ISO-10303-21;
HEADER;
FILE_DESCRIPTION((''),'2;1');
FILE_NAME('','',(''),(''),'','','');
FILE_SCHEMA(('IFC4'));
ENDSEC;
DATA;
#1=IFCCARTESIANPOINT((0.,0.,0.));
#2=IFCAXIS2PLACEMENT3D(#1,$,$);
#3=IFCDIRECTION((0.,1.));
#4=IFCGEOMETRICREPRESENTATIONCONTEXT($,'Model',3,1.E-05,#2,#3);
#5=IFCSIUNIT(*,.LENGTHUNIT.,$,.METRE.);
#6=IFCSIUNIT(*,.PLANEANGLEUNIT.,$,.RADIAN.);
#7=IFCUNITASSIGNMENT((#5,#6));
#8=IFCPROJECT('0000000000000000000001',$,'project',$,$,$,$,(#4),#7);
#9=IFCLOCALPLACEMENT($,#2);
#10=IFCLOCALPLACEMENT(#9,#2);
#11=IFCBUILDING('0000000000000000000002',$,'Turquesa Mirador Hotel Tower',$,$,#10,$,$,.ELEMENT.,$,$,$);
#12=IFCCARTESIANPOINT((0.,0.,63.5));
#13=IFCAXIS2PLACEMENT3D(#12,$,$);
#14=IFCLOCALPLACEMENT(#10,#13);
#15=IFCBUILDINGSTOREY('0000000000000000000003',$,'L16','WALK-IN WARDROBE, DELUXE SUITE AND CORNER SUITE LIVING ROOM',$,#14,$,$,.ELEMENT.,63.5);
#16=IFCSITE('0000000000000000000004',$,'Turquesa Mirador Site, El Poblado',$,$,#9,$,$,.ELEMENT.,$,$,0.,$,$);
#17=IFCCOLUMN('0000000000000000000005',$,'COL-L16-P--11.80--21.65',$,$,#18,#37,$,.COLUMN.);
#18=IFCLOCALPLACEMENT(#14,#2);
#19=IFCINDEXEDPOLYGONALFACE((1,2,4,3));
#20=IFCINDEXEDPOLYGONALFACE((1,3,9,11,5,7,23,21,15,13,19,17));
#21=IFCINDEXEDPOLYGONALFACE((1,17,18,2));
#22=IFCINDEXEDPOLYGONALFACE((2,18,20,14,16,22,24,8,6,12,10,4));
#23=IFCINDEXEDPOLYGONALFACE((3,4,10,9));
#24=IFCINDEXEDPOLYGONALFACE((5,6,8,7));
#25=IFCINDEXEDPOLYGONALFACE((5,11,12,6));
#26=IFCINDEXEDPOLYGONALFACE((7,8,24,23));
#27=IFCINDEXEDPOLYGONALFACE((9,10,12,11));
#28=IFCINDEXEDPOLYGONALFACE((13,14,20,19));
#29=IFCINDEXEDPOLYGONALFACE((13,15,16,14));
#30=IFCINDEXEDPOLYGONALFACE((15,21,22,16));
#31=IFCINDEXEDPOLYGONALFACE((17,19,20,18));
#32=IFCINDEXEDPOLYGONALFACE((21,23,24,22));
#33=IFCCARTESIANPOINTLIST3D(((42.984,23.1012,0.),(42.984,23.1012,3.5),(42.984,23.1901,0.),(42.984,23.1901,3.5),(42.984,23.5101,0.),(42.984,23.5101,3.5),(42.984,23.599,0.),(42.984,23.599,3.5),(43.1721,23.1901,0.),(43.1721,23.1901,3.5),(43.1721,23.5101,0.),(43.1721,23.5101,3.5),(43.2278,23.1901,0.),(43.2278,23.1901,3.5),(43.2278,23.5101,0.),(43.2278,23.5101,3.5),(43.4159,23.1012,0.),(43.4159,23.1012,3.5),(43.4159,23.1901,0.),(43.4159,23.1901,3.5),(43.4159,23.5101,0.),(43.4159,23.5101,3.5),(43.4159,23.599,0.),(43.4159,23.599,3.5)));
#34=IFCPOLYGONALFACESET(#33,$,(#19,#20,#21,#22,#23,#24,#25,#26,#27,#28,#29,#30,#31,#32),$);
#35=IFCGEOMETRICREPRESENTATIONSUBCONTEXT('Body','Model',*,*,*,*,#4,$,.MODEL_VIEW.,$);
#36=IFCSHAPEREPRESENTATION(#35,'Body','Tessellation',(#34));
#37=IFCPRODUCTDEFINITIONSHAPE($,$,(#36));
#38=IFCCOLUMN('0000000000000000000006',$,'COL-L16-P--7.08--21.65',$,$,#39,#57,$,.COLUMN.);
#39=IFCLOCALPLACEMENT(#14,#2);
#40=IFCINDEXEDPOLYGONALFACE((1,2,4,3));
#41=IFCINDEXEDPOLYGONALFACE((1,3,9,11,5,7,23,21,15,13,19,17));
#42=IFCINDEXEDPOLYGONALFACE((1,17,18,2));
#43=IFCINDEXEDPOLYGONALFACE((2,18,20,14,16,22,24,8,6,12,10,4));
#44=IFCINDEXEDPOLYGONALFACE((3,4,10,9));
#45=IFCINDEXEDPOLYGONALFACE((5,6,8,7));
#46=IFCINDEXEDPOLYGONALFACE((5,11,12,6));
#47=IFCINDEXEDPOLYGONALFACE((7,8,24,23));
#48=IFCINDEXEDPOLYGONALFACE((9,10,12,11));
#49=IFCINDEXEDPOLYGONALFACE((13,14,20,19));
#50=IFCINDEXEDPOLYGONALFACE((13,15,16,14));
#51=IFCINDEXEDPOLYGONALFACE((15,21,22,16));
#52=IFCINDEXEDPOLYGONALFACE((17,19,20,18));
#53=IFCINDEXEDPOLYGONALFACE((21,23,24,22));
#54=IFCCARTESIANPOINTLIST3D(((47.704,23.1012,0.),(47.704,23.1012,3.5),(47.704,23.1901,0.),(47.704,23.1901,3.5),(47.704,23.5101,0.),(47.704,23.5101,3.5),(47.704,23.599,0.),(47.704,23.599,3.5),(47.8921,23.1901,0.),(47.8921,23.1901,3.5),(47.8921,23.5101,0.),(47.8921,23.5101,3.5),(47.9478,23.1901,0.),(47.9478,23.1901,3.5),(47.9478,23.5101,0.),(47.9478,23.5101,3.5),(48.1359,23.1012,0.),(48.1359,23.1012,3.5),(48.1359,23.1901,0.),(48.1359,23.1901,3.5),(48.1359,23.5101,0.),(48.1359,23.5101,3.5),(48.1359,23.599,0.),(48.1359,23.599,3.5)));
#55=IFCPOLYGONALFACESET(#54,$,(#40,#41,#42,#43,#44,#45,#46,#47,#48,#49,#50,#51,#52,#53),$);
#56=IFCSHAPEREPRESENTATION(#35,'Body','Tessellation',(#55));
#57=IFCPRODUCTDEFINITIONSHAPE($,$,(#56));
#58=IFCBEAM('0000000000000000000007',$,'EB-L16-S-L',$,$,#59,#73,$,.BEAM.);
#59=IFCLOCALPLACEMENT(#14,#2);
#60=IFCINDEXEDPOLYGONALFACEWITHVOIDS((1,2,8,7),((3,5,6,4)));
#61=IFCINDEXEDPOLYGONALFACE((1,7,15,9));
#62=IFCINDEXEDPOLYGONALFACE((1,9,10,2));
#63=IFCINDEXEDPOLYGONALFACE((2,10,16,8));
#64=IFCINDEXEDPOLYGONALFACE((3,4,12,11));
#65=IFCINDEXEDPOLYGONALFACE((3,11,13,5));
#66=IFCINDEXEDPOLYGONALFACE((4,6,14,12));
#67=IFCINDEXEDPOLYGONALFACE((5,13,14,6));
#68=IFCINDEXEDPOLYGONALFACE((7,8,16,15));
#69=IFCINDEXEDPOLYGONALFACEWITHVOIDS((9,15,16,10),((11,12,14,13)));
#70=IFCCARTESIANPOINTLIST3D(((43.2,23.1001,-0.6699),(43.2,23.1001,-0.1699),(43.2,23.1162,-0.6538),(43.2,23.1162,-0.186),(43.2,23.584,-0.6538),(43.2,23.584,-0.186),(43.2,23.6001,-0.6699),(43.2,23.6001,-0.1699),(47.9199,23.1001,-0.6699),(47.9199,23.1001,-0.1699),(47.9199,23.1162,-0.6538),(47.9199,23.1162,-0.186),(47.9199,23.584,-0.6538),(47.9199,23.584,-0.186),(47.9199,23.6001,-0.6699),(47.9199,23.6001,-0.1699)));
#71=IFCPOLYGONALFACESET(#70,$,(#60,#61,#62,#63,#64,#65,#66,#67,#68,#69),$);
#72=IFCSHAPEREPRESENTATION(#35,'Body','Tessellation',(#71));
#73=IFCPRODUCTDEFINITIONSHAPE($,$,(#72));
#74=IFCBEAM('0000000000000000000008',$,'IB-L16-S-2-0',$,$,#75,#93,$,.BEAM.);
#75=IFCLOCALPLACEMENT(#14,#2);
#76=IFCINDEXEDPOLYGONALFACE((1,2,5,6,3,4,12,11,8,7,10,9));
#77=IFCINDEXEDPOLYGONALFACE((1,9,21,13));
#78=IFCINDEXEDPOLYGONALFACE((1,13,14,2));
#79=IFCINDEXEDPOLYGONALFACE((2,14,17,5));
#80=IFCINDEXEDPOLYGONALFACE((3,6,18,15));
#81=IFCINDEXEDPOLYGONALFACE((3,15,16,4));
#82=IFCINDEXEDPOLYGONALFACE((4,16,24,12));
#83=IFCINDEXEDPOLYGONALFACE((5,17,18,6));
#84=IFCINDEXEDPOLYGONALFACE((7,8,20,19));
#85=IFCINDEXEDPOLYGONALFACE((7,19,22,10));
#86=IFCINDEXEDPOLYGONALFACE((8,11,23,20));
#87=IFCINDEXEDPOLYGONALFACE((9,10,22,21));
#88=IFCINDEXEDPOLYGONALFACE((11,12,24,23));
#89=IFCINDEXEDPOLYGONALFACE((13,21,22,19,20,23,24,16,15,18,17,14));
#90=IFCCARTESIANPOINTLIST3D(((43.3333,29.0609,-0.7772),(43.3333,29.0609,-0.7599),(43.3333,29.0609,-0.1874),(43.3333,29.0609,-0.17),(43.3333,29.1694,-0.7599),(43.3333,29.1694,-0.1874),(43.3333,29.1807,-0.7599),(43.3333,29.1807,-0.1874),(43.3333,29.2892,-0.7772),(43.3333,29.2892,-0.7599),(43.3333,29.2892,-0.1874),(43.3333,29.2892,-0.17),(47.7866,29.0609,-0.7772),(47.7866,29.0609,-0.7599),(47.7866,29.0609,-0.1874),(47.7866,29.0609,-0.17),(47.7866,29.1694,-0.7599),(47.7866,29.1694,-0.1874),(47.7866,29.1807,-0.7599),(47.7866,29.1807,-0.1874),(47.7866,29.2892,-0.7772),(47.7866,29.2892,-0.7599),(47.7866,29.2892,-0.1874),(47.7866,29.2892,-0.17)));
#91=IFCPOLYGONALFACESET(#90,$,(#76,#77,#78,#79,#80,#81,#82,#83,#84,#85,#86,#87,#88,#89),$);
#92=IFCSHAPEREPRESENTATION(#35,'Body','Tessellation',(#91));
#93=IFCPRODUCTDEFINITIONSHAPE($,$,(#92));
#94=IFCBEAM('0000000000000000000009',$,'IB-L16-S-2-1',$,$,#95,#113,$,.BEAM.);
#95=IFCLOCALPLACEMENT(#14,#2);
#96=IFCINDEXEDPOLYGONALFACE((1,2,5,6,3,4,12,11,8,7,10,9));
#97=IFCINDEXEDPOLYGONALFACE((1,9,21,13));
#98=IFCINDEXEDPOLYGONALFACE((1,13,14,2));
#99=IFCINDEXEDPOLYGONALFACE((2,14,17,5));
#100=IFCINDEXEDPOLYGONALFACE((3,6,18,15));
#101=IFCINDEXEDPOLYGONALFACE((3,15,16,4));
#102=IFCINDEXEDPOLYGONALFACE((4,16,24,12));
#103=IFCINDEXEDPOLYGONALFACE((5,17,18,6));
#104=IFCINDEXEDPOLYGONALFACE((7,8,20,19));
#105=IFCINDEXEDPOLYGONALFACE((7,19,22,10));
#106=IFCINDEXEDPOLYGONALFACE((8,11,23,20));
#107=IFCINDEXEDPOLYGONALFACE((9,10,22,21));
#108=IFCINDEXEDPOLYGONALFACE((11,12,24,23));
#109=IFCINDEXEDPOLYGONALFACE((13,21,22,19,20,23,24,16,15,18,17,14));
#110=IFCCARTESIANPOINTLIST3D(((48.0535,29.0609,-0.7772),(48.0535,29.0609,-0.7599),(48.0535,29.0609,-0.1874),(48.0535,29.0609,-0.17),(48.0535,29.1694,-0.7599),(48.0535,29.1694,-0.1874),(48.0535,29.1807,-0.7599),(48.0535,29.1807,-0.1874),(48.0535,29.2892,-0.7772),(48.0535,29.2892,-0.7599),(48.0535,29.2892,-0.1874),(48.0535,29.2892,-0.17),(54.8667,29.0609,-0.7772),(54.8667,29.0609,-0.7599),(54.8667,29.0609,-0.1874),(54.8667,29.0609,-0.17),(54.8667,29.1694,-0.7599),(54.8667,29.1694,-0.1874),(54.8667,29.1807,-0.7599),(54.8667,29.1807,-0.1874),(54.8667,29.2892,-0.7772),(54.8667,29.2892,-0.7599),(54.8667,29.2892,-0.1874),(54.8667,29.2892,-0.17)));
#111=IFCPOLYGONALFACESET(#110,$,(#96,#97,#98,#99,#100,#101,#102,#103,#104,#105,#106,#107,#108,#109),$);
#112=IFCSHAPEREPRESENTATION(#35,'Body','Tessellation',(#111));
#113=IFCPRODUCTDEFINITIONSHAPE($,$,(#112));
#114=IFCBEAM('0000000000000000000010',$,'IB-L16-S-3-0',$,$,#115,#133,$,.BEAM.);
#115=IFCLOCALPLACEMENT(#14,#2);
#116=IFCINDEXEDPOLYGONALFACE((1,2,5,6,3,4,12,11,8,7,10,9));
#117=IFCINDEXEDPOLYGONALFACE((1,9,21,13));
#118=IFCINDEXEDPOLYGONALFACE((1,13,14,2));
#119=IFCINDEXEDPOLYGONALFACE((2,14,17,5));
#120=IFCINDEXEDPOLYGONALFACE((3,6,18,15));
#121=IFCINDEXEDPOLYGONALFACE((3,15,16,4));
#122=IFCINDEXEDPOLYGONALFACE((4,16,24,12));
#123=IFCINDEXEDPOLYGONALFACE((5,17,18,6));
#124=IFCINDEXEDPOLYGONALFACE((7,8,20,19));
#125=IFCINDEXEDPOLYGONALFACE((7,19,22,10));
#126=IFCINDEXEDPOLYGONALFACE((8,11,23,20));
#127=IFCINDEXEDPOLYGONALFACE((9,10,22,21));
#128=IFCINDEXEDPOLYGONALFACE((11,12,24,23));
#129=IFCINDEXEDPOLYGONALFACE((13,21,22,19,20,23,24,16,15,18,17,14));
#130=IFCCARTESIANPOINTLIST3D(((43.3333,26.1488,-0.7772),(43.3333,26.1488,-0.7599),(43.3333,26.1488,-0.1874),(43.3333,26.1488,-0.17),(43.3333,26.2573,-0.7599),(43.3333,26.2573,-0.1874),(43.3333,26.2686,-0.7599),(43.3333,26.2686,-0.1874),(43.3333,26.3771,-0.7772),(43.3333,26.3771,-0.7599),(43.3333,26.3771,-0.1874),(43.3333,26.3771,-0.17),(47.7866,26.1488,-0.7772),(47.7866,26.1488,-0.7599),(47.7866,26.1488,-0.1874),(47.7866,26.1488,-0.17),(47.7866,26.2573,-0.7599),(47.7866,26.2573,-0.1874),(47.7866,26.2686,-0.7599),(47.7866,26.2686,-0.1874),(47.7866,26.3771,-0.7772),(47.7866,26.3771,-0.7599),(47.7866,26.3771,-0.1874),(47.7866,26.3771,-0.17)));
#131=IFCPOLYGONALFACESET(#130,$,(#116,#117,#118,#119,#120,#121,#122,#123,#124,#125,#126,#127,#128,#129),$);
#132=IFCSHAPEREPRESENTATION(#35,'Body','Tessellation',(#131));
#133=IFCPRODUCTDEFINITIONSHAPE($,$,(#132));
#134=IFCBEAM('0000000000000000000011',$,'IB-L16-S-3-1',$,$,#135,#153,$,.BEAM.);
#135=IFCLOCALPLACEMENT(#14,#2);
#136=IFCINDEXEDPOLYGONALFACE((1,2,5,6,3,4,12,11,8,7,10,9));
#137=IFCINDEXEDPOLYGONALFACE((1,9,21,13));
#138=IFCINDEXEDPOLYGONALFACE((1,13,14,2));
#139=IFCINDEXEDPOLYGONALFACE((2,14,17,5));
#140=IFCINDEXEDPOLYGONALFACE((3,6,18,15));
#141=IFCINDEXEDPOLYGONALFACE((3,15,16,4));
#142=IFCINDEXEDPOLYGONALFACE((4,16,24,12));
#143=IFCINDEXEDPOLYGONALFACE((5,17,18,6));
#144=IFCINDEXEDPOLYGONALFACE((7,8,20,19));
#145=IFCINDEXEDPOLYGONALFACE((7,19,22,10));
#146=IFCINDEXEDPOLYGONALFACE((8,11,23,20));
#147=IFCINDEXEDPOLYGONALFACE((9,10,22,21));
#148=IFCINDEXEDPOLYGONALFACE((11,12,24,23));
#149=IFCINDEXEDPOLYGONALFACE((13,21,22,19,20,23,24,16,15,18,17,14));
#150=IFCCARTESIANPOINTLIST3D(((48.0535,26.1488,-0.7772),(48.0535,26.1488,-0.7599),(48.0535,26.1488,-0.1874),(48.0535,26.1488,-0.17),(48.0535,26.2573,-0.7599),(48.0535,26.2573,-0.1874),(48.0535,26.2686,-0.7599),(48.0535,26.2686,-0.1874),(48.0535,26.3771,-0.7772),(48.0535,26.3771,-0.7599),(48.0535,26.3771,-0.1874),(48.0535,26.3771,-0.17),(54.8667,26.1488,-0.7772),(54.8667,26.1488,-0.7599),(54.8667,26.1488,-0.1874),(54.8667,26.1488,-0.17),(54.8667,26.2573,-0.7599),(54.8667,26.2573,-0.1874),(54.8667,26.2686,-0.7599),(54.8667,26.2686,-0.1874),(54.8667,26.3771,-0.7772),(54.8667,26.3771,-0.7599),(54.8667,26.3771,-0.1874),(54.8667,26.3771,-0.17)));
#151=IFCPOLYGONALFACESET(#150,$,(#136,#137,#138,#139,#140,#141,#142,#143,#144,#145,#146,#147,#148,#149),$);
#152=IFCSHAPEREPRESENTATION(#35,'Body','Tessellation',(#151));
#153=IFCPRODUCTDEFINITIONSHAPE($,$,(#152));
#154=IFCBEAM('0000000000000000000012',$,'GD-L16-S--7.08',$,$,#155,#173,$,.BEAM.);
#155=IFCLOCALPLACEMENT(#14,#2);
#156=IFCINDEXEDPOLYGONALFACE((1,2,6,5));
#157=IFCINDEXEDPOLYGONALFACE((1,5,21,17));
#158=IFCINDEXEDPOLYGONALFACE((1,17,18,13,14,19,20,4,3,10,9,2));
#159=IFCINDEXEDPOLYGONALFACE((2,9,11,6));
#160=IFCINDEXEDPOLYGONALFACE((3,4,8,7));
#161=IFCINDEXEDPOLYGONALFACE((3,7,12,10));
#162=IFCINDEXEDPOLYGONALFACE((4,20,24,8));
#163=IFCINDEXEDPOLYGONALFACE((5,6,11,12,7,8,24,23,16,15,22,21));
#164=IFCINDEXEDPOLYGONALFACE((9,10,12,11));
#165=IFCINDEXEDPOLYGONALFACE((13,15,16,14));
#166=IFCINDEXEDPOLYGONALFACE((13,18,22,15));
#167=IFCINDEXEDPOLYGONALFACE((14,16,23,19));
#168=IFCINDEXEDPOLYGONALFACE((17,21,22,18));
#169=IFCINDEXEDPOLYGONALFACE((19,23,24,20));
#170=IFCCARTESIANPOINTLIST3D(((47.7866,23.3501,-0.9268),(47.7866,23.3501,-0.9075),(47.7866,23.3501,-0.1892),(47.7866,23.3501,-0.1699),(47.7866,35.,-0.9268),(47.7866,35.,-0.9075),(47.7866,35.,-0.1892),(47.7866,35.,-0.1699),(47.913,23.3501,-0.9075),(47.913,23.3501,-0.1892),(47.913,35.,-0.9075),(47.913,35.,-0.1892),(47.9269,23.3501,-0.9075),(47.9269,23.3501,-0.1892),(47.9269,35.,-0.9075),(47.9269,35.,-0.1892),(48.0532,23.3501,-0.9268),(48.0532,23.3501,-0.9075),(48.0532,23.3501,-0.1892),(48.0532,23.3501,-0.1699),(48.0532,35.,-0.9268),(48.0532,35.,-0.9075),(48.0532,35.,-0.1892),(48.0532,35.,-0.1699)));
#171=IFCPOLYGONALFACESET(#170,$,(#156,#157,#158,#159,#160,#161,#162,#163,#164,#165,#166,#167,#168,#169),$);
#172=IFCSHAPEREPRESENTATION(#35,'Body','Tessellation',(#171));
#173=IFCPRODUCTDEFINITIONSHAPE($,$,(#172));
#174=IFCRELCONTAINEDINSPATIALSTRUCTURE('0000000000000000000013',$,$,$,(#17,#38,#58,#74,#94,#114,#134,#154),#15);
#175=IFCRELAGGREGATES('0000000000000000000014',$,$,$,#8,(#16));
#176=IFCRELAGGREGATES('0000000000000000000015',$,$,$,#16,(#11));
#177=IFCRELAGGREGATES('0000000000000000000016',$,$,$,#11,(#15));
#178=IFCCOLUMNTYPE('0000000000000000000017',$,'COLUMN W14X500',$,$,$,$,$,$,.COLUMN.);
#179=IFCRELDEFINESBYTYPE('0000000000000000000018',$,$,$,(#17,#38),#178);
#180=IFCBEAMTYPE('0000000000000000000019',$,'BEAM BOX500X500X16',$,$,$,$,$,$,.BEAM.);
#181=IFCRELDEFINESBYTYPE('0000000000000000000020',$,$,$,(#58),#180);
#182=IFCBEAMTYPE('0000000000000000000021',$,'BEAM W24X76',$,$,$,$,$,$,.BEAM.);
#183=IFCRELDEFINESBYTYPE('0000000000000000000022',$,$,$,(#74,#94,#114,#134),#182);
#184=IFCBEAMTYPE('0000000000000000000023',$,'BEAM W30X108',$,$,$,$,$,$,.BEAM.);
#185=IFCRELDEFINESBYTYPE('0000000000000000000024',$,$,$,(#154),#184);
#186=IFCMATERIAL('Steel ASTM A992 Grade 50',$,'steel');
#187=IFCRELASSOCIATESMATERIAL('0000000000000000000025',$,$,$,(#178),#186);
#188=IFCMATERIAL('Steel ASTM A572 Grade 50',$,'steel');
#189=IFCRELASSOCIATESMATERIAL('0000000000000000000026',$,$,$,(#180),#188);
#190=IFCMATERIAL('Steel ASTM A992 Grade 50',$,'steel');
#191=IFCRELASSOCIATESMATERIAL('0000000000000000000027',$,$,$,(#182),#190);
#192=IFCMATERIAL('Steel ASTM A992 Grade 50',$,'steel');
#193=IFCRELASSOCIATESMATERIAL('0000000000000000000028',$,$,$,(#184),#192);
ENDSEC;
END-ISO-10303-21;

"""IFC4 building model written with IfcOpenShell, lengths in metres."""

from ifc_helpers import new_model, si_unit, direction, frame, origin, origin_2d, place, context, subcontext, project, spatial, hollow_rectangle, i_section, extrude, material, material_profile, profile_set, type_object, element, save


model = new_model("IFC4")

# Units and contexts
model_context = context("Model", 3, precision=1e-05, world=origin(), true_north=direction((0.0, 1.0)))
body_context = subcontext(model_context, "Body", "Model", "MODEL_VIEW")
ifc_project = project(units=[si_unit("LENGTHUNIT", "METRE"), si_unit("PLANEANGLEUNIT", "RADIAN")], contexts=[model_context])

# Site, building, storey
site_placement = place(None, origin())
site = spatial("IfcSite", under=ifc_project, at=site_placement, Name="Turquesa Mirador Site, El Poblado", CompositionType="ELEMENT", RefElevation=0.0)
building_placement = place(site_placement, origin())
building = spatial("IfcBuilding", under=site, at=building_placement, Name="Turquesa Mirador Hotel Tower", CompositionType="ELEMENT")
storey_placement = place(building_placement, frame((0.0, 0.0, 63.5)))
storey = spatial("IfcBuildingStorey", under=building, at=storey_placement, Name="L16", Description="WALK-IN WARDROBE, DELUXE SUITE AND CORNER SUITE LIVING ROOM", CompositionType="ELEMENT", Elevation=63.5)

# Columns
ifc_material_1 = material(Name="Steel ASTM A992 Grade 50", Category="steel")
ifc_material_profile_1 = material_profile(ifc_material_1, i_section(OverallWidth=0.4319, OverallDepth=0.4978, WebThickness=0.0557, FlangeThickness=0.0889, at=origin_2d()), Name="W14X500")
ifc_profile_set_1 = profile_set([ifc_material_profile_1], Name="Steel ASTM A992 Grade 50")
column_type = type_object("IfcColumnType", Name="COLUMN W14X500", PredefinedType="COLUMN", material=ifc_profile_set_1)
for number, where, z_axis, x_axis, name in (
    (1, (43.2, 23.3501, 0.0), (0.0, 0.0, 1.0), (1.0, 0.0, 0.0), "COL-L16-P--11.80--21.65"),
    (2, (47.9199, 23.3501, 0.0), (0.0, 0.0, 1.0), (1.0, 0.0, 0.0), "COL-L16-P--7.08--21.65"),
):
    element("IfcColumn", number, at=place(storey_placement, frame(where, z_axis=z_axis, x_axis=x_axis)), inside=storey, type_object=column_type, Name=name, PredefinedType="COLUMN", context=body_context, shape_type="SweptSolid", body=[
        extrude(i_section(OverallWidth=0.4319, OverallDepth=0.4978, WebThickness=0.0557, FlangeThickness=0.0889, at=origin_2d()), origin(), (0.0, 0.0, 1.0), 3.5),
    ])

# Beams
ifc_material_2 = material(Name="Steel ASTM A572 Grade 50", Category="steel")
ifc_material_profile_2 = material_profile(ifc_material_2, hollow_rectangle(XDim=0.5, YDim=0.5, WallThickness=0.0161, at=origin_2d()), Name="BOX500X500X16")
ifc_profile_set_2 = profile_set([ifc_material_profile_2], Name="Steel ASTM A572 Grade 50")
beam_type_1 = type_object("IfcBeamType", Name="BEAM BOX500X500X16", PredefinedType="BEAM", material=ifc_profile_set_2)
beam_1_placement = place(storey_placement, frame((43.2, 23.3501, -0.4199), z_axis=(1.0, 0.0, 0.0), x_axis=(0.0, 1.0, 0.0)))
element("IfcBeam", 3, at=beam_1_placement, inside=storey, type_object=beam_type_1, Name="EB-L16-S-L", PredefinedType="BEAM", context=body_context, shape_type="SweptSolid", body=[
    extrude(hollow_rectangle(XDim=0.5, YDim=0.5, WallThickness=0.0161, at=origin_2d()), origin(), (0.0, 0.0, 1.0), 4.72),
])
ifc_material_3 = material(Name="Steel ASTM A992 Grade 50", Category="steel")
ifc_material_profile_3 = material_profile(ifc_material_3, i_section(OverallWidth=0.2283, OverallDepth=0.6072, WebThickness=0.0112, FlangeThickness=0.0173, at=origin_2d()), Name="W24X76")
ifc_profile_set_3 = profile_set([ifc_material_profile_3], Name="Steel ASTM A992 Grade 50")
beam_type_2 = type_object("IfcBeamType", Name="BEAM W24X76", PredefinedType="BEAM", material=ifc_profile_set_3)
beam_2_placement = place(storey_placement, frame((43.3333, 29.175, -0.4736), z_axis=(1.0, 0.0, 0.0), x_axis=(0.0, 1.0, 0.0)))
element("IfcBeam", 4, at=beam_2_placement, inside=storey, type_object=beam_type_2, Name="IB-L16-S-2-0", PredefinedType="BEAM", context=body_context, shape_type="SweptSolid", body=[
    extrude(i_section(OverallWidth=0.2283, OverallDepth=0.6072, WebThickness=0.0112, FlangeThickness=0.0173, at=origin_2d()), origin(), (0.0, 0.0, 1.0), 4.4534),
])
beam_3_placement = place(storey_placement, frame((48.0535, 29.175, -0.4736), z_axis=(1.0, 0.0, 0.0), x_axis=(0.0, 1.0, 0.0)))
element("IfcBeam", 5, at=beam_3_placement, inside=storey, type_object=beam_type_2, Name="IB-L16-S-2-1", PredefinedType="BEAM", context=body_context, shape_type="SweptSolid", body=[
    extrude(i_section(OverallWidth=0.2283, OverallDepth=0.6072, WebThickness=0.0112, FlangeThickness=0.0173, at=origin_2d()), origin(), (0.0, 0.0, 1.0), 6.8132),
])
beam_4_placement = place(storey_placement, frame((43.3333, 26.2629, -0.4736), z_axis=(1.0, 0.0, 0.0), x_axis=(0.0, 1.0, 0.0)))
element("IfcBeam", 6, at=beam_4_placement, inside=storey, type_object=beam_type_2, Name="IB-L16-S-3-0", PredefinedType="BEAM", context=body_context, shape_type="SweptSolid", body=[
    extrude(i_section(OverallWidth=0.2283, OverallDepth=0.6072, WebThickness=0.0112, FlangeThickness=0.0173, at=origin_2d()), origin(), (0.0, 0.0, 1.0), 4.4534),
])
beam_5_placement = place(storey_placement, frame((48.0535, 26.2629, -0.4736), z_axis=(1.0, 0.0, 0.0), x_axis=(0.0, 1.0, 0.0)))
element("IfcBeam", 7, at=beam_5_placement, inside=storey, type_object=beam_type_2, Name="IB-L16-S-3-1", PredefinedType="BEAM", context=body_context, shape_type="SweptSolid", body=[
    extrude(i_section(OverallWidth=0.2283, OverallDepth=0.6072, WebThickness=0.0112, FlangeThickness=0.0173, at=origin_2d()), origin(), (0.0, 0.0, 1.0), 6.8132),
])
ifc_material_4 = material(Name="Steel ASTM A992 Grade 50", Category="steel")
ifc_material_profile_4 = material_profile(ifc_material_4, i_section(OverallWidth=0.2666, OverallDepth=0.7568, WebThickness=0.0139, FlangeThickness=0.0193, at=origin_2d()), Name="W30X108")
ifc_profile_set_4 = profile_set([ifc_material_profile_4], Name="Steel ASTM A992 Grade 50")
beam_type_3 = type_object("IfcBeamType", Name="BEAM W30X108", PredefinedType="BEAM", material=ifc_profile_set_4)
beam_6_placement = place(storey_placement, frame((47.9199, 23.3501, -0.5483), z_axis=(0.0, 1.0, 0.0), x_axis=(-1.0, 0.0, 0.0)))
element("IfcBeam", 8, at=beam_6_placement, inside=storey, type_object=beam_type_3, Name="GD-L16-S--7.08", PredefinedType="BEAM", context=body_context, shape_type="SweptSolid", body=[
    extrude(i_section(OverallWidth=0.2666, OverallDepth=0.7568, WebThickness=0.0139, FlangeThickness=0.0193, at=origin_2d()), origin(), (0.0, 0.0, 1.0), 11.6499),
])

save(model, "model.ifc")
